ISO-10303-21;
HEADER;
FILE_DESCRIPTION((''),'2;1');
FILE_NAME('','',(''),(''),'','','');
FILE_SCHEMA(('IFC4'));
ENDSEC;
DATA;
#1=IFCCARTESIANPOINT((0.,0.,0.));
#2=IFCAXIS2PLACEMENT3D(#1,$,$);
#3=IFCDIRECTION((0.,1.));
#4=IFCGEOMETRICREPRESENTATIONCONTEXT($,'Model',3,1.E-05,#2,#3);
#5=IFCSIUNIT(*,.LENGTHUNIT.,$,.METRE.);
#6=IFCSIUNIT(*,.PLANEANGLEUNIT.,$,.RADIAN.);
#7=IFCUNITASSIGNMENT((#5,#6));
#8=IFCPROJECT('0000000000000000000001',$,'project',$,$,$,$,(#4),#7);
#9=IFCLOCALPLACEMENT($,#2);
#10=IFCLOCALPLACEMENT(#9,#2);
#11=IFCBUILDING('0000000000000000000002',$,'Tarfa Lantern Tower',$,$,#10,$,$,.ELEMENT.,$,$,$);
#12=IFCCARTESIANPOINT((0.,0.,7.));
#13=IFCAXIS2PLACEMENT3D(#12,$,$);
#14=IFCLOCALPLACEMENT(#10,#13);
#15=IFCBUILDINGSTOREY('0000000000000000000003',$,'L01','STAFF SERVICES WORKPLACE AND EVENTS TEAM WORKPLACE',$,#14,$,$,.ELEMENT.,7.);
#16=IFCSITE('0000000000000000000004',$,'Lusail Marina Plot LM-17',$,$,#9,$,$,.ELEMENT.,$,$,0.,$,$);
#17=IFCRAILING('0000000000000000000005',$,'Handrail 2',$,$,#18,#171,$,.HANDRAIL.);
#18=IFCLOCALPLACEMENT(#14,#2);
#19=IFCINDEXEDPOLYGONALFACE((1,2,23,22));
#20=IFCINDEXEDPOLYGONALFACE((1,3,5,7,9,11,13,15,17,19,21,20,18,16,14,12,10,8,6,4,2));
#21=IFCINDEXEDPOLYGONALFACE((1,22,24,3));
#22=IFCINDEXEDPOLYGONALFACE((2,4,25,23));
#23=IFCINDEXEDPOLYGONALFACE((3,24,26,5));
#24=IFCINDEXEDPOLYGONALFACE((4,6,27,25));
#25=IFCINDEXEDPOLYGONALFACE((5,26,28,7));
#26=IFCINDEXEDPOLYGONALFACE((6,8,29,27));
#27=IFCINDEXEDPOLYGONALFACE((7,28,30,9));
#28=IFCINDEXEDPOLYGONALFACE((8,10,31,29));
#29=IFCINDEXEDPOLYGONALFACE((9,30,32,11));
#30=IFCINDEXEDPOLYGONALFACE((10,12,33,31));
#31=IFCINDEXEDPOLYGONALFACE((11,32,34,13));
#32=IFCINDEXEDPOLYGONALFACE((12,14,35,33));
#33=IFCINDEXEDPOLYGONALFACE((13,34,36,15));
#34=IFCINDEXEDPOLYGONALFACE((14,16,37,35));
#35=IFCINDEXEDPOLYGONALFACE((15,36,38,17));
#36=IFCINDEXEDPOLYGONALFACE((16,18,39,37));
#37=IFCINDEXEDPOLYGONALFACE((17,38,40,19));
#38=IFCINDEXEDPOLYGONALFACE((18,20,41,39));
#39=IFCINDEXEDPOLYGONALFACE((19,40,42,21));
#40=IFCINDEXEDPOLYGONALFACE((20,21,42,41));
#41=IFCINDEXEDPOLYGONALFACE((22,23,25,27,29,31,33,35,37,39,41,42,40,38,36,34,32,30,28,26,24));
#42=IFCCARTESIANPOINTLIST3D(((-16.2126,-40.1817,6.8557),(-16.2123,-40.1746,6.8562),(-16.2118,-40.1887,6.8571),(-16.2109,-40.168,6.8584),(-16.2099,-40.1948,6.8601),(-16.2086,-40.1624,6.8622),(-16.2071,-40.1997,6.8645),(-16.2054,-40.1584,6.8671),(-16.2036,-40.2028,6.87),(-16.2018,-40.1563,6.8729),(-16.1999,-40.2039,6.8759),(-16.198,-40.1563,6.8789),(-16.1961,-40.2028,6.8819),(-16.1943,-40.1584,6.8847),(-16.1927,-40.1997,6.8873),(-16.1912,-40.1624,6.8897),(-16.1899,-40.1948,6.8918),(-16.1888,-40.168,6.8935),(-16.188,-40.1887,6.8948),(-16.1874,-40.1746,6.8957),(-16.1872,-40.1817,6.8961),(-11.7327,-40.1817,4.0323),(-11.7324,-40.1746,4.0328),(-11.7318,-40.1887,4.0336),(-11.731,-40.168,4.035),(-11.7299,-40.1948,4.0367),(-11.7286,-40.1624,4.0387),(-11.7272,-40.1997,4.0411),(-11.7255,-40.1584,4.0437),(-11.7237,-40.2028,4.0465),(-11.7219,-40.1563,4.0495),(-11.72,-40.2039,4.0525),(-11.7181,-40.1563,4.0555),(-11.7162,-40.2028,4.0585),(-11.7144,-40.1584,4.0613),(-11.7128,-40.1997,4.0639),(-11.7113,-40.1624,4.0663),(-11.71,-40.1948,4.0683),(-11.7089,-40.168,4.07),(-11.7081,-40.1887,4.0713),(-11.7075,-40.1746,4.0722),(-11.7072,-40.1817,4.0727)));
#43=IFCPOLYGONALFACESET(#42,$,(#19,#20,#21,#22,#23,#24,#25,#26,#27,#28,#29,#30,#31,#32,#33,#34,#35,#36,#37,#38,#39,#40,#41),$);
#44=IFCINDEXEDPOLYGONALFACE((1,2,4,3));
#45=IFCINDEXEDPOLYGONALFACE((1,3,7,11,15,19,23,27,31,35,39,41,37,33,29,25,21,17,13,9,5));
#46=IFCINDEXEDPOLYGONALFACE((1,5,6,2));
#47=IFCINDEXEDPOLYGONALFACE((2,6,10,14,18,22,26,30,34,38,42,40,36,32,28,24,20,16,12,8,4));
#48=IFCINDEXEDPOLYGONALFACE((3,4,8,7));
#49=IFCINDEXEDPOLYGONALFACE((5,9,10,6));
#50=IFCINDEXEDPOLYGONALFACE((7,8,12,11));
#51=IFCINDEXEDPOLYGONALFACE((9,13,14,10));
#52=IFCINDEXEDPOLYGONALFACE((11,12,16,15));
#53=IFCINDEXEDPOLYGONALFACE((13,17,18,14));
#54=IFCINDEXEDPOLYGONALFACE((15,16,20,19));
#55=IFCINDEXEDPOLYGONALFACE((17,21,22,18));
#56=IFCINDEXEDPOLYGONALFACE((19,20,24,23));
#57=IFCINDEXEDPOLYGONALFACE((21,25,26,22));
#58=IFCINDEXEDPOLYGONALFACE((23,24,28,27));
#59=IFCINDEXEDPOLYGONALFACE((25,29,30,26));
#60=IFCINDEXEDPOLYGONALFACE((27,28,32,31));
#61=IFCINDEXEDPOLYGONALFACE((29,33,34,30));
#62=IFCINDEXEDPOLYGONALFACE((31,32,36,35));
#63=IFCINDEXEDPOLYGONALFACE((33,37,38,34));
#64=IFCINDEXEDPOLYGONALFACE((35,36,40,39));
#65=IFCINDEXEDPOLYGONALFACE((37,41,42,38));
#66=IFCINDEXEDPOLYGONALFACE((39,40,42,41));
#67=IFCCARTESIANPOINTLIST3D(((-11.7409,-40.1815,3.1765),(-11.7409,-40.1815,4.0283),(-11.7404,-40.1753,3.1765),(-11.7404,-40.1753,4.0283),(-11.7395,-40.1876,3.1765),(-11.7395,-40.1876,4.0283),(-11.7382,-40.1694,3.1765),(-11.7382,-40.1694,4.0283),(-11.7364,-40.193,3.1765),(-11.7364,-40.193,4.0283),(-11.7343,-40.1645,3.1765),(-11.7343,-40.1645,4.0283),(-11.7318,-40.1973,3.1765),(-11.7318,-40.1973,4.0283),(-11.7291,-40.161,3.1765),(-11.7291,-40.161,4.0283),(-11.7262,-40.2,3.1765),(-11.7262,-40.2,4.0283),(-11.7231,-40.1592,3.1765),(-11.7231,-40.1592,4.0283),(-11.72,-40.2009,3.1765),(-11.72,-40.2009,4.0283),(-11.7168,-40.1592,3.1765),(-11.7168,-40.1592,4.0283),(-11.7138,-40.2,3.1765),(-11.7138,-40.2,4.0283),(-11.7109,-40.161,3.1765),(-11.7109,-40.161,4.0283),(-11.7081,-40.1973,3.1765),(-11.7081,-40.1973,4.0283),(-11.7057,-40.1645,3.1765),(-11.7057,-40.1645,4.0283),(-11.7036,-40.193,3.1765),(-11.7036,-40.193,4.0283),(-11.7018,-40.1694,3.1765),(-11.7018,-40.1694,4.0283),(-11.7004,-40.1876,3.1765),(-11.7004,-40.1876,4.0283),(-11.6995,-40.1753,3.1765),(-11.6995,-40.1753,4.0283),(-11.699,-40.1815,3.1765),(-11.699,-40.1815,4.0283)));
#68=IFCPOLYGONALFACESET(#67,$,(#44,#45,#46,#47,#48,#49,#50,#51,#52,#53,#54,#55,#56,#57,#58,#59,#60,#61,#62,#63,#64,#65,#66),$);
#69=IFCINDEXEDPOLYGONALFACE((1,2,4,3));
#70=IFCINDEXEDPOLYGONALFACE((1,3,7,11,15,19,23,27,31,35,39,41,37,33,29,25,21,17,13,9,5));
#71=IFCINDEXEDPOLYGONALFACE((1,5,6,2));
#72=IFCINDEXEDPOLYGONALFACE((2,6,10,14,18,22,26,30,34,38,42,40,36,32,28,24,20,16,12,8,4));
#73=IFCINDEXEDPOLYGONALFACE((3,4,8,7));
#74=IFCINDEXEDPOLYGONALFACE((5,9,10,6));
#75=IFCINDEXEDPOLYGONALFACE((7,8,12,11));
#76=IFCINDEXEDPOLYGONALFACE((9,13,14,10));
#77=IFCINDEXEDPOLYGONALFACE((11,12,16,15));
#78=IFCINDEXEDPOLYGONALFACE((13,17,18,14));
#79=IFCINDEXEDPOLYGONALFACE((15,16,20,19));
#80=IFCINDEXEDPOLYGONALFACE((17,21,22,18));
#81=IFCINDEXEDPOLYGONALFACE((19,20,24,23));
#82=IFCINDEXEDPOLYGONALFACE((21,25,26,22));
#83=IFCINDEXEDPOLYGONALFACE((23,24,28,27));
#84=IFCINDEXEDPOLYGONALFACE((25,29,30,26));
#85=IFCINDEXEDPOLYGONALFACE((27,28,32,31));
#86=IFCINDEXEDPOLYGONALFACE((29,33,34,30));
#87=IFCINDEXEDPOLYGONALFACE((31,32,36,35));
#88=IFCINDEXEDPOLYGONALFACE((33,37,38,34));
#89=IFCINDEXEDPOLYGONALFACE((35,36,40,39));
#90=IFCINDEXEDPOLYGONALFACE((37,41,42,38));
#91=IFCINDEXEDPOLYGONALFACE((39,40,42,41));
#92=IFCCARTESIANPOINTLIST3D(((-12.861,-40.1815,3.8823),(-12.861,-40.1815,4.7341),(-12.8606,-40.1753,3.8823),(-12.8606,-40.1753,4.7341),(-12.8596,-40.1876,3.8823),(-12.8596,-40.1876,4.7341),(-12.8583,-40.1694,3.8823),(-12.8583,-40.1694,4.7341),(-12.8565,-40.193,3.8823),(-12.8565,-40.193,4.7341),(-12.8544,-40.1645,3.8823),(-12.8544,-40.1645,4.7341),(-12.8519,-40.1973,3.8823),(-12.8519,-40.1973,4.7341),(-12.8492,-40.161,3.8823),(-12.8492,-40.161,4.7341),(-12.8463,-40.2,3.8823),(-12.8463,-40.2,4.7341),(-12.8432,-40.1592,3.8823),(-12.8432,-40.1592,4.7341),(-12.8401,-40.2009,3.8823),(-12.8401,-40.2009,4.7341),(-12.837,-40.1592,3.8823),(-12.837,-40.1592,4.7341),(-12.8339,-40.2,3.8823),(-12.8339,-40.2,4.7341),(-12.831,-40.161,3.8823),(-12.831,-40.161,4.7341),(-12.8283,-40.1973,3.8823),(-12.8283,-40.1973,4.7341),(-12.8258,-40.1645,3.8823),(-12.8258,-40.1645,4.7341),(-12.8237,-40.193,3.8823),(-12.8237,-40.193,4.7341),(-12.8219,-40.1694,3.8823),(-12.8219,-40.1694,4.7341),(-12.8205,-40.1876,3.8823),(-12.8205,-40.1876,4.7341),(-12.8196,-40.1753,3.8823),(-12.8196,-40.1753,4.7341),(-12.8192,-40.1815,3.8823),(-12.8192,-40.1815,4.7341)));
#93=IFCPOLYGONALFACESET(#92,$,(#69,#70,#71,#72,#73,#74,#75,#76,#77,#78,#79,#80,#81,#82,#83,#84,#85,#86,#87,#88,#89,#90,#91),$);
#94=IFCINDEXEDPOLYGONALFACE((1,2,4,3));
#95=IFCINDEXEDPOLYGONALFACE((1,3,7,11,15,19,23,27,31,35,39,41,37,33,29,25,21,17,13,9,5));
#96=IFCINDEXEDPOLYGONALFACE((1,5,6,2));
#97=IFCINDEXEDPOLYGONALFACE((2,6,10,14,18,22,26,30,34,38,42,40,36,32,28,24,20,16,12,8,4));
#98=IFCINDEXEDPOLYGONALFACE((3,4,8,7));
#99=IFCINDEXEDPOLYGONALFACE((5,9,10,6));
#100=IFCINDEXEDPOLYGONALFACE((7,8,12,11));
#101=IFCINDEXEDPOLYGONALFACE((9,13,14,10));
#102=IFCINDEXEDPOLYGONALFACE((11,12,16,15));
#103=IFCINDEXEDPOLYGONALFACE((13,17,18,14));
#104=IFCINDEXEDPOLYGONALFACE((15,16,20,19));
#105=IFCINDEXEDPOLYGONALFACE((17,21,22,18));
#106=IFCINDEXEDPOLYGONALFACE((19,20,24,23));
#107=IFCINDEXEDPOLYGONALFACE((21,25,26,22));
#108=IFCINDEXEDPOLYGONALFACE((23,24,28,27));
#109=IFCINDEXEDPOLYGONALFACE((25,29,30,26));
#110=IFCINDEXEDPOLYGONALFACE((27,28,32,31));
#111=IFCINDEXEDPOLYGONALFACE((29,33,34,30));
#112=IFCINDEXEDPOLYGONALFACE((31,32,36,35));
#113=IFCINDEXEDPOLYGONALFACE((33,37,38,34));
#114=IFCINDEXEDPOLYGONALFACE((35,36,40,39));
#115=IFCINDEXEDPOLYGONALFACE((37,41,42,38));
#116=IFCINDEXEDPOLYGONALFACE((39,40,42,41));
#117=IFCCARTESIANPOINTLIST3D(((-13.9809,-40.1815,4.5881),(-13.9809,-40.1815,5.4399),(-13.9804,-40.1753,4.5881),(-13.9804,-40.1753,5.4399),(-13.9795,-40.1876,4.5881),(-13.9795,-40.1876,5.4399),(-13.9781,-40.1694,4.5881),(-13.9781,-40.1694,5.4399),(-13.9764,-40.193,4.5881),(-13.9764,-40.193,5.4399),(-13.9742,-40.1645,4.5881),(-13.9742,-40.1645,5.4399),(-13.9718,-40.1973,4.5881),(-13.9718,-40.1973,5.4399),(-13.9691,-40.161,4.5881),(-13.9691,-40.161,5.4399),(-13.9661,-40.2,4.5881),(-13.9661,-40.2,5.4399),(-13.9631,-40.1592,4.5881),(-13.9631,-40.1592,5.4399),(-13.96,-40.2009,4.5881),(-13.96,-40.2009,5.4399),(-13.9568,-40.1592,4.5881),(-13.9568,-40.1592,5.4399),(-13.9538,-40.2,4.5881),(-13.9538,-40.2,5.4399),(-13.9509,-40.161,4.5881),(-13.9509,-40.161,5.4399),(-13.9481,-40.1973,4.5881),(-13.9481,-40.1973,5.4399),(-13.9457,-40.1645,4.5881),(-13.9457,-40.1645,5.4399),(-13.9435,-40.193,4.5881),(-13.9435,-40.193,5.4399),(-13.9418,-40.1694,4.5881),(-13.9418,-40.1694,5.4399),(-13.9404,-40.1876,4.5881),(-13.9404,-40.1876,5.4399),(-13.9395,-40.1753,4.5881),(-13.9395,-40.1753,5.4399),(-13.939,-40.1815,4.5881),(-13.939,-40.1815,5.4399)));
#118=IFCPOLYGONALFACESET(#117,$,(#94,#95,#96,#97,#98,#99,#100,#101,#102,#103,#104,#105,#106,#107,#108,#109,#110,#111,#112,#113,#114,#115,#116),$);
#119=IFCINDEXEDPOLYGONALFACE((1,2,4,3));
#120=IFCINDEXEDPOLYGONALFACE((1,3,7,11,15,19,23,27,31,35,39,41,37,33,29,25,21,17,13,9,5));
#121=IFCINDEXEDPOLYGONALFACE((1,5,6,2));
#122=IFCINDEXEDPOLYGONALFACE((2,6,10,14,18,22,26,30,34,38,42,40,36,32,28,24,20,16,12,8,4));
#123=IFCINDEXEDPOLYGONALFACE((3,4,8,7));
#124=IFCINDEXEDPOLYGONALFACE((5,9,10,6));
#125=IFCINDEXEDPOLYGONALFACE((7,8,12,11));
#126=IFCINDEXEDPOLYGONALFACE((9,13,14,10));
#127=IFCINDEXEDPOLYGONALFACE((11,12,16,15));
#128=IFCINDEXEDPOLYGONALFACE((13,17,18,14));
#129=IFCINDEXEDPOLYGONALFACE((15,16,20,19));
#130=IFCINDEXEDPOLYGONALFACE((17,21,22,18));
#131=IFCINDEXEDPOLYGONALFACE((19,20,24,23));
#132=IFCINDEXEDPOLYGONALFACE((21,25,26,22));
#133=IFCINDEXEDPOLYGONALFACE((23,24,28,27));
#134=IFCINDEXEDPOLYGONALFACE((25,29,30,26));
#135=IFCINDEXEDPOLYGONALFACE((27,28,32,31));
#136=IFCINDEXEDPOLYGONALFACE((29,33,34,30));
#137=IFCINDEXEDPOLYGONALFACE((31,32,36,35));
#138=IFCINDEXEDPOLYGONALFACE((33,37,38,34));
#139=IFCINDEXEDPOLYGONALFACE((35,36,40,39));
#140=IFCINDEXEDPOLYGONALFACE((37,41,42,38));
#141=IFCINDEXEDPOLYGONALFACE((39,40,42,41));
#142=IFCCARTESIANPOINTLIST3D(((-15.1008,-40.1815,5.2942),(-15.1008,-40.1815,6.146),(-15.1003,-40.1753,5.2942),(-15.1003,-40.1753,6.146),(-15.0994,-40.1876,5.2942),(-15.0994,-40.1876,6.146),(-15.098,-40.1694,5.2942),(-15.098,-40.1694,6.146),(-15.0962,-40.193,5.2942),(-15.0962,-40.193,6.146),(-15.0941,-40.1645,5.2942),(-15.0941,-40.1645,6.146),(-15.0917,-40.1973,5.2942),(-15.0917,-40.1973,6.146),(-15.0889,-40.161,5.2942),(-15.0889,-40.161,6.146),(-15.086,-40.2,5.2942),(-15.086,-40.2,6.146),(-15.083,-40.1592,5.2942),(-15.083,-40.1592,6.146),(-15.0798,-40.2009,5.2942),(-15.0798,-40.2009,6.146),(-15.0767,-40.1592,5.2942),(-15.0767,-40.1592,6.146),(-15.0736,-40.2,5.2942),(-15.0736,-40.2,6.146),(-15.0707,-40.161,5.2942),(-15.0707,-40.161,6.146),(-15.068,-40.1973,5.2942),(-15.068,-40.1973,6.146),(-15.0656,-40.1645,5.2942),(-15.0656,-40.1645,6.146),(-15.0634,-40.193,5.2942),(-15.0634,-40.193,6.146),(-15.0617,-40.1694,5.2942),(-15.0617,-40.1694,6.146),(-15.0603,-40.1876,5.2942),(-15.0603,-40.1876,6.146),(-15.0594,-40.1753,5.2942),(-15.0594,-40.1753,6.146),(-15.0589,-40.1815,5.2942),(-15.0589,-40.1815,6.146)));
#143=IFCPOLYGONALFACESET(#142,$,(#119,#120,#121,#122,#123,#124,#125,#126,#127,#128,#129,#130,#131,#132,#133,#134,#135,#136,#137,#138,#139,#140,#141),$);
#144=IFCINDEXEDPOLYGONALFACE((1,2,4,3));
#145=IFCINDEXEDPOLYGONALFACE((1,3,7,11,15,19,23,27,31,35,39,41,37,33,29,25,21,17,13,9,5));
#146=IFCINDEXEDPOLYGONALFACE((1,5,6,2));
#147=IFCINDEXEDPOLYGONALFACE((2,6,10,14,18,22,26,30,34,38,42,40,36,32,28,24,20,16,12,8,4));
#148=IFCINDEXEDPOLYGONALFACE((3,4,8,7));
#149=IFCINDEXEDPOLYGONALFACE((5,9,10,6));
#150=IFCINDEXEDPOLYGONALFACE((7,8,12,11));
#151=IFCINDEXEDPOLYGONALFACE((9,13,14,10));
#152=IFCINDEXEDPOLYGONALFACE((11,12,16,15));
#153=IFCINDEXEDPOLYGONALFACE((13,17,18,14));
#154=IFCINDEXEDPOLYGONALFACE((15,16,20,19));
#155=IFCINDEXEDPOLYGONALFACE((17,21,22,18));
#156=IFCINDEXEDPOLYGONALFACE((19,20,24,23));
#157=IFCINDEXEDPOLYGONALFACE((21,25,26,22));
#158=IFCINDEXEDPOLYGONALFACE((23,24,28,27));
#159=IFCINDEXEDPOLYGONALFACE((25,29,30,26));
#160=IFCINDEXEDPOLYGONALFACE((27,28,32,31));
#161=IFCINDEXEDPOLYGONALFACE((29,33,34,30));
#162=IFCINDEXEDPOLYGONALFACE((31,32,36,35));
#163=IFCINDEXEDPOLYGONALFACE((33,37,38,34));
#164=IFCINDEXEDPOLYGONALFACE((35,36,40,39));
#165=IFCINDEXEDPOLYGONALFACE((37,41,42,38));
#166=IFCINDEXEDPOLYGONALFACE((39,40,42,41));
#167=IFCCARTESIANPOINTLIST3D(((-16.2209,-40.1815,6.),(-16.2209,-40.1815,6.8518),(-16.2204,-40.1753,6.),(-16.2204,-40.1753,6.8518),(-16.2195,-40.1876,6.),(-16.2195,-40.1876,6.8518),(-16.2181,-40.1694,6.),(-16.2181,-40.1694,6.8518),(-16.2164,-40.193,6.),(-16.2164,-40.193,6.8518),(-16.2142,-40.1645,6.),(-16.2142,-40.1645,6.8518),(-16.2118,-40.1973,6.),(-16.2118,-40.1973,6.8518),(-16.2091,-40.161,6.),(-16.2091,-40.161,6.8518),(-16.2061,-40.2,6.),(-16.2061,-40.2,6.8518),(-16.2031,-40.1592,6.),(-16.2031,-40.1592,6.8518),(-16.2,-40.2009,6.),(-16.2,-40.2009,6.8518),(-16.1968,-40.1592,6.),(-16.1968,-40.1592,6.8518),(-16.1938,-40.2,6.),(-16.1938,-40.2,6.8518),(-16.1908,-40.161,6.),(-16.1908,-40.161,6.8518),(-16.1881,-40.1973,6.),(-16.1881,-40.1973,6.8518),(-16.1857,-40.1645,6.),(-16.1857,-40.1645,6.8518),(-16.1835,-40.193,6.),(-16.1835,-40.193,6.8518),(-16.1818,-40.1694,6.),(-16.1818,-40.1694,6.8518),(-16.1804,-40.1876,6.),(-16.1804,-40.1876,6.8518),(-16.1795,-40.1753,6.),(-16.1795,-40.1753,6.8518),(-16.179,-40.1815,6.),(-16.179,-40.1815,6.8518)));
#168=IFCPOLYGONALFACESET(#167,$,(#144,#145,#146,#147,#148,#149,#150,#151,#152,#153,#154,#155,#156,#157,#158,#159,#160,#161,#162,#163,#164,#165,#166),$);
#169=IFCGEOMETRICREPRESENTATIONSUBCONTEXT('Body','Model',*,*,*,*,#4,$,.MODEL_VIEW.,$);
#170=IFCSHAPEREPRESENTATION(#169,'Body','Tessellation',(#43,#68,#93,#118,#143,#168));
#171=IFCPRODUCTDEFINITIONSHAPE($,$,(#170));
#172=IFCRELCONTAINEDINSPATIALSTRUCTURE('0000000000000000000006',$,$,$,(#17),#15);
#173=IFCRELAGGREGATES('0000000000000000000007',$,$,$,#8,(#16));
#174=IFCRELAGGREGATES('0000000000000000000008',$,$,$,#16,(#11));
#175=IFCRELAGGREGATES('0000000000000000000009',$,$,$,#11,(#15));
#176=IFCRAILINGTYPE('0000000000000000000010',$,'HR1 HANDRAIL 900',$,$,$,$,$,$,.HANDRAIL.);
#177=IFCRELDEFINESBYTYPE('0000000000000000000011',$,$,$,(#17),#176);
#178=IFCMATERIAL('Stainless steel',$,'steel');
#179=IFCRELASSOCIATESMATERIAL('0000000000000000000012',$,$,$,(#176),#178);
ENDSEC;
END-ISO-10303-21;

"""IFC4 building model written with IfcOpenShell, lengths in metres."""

from ifc_helpers import new_model, si_unit, direction, frame, origin, origin_2d, place, context, subcontext, project, spatial, circle, extrude, material, type_object, element, save


model = new_model("IFC4")

# Units and contexts
model_context = context("Model", 3, precision=1e-05, world=origin(), true_north=direction((0.0, 1.0)))
body_context = subcontext(model_context, "Body", "Model", "MODEL_VIEW")
ifc_project = project(units=[si_unit("LENGTHUNIT", "METRE"), si_unit("PLANEANGLEUNIT", "RADIAN")], contexts=[model_context])

# Site, building, storey
site_placement = place(None, origin())
site = spatial("IfcSite", under=ifc_project, at=site_placement, Name="Lusail Marina Plot LM-17", CompositionType="ELEMENT", RefElevation=0.0)
building_placement = place(site_placement, origin())
building = spatial("IfcBuilding", under=site, at=building_placement, Name="Tarfa Lantern Tower", CompositionType="ELEMENT")
storey_placement = place(building_placement, frame((0.0, 0.0, 7.0)))
storey = spatial("IfcBuildingStorey", under=building, at=storey_placement, Name="L01", Description="STAFF SERVICES WORKPLACE AND EVENTS TEAM WORKPLACE", CompositionType="ELEMENT", Elevation=7.0)

# Railing
ifc_material_1 = material(Name="Stainless steel", Category="steel")
railing_type = type_object("IfcRailingType", Name="HR1 HANDRAIL 900", PredefinedType="HANDRAIL", material=ifc_material_1)
railing_1_placement = place(storey_placement, frame((-11.72, -40.1799, 3.1765)))
element("IfcRailing", 1, at=railing_1_placement, inside=storey, type_object=railing_type, Name="Handrail 2", PredefinedType="HANDRAIL", context=body_context, shape_type="SweptSolid", body=[
    extrude(circle(Radius=0.0239, at=origin_2d()), frame((0.0, 0.0, 0.876), z_axis=(-0.845998, 0.0, 0.533186), x_axis=(0.0, -1.0, 0.0)), (0.0, 0.0, 1.0), 5.2954),
    extrude(circle(Radius=0.021, at=origin_2d()), frame((0.0, 0.0, 0.0), z_axis=(0.0, 0.0, 1.0), x_axis=(0.0, -1.0, 0.0)), (0.0, 0.0, 1.0), 0.8518),
    extrude(circle(Radius=0.021, at=origin_2d()), frame((-1.1201, 0.0, 0.7058), z_axis=(0.0, 0.0, 1.0), x_axis=(0.0, -1.0, 0.0)), (0.0, 0.0, 1.0), 0.8518),
    extrude(circle(Radius=0.021, at=origin_2d()), frame((-2.24, 0.0, 1.4116), z_axis=(0.0, 0.0, 1.0), x_axis=(0.0, -1.0, 0.0)), (0.0, 0.0, 1.0), 0.8518),
    extrude(circle(Radius=0.021, at=origin_2d()), frame((-3.3599, 0.0, 2.1177), z_axis=(0.0, 0.0, 1.0), x_axis=(0.0, -1.0, 0.0)), (0.0, 0.0, 1.0), 0.8518),
    extrude(circle(Radius=0.021, at=origin_2d()), frame((-4.48, 0.0, 2.8235), z_axis=(0.0, 0.0, 1.0), x_axis=(0.0, -1.0, 0.0)), (0.0, 0.0, 1.0), 0.8518),
])

save(model, "model.ifc")
